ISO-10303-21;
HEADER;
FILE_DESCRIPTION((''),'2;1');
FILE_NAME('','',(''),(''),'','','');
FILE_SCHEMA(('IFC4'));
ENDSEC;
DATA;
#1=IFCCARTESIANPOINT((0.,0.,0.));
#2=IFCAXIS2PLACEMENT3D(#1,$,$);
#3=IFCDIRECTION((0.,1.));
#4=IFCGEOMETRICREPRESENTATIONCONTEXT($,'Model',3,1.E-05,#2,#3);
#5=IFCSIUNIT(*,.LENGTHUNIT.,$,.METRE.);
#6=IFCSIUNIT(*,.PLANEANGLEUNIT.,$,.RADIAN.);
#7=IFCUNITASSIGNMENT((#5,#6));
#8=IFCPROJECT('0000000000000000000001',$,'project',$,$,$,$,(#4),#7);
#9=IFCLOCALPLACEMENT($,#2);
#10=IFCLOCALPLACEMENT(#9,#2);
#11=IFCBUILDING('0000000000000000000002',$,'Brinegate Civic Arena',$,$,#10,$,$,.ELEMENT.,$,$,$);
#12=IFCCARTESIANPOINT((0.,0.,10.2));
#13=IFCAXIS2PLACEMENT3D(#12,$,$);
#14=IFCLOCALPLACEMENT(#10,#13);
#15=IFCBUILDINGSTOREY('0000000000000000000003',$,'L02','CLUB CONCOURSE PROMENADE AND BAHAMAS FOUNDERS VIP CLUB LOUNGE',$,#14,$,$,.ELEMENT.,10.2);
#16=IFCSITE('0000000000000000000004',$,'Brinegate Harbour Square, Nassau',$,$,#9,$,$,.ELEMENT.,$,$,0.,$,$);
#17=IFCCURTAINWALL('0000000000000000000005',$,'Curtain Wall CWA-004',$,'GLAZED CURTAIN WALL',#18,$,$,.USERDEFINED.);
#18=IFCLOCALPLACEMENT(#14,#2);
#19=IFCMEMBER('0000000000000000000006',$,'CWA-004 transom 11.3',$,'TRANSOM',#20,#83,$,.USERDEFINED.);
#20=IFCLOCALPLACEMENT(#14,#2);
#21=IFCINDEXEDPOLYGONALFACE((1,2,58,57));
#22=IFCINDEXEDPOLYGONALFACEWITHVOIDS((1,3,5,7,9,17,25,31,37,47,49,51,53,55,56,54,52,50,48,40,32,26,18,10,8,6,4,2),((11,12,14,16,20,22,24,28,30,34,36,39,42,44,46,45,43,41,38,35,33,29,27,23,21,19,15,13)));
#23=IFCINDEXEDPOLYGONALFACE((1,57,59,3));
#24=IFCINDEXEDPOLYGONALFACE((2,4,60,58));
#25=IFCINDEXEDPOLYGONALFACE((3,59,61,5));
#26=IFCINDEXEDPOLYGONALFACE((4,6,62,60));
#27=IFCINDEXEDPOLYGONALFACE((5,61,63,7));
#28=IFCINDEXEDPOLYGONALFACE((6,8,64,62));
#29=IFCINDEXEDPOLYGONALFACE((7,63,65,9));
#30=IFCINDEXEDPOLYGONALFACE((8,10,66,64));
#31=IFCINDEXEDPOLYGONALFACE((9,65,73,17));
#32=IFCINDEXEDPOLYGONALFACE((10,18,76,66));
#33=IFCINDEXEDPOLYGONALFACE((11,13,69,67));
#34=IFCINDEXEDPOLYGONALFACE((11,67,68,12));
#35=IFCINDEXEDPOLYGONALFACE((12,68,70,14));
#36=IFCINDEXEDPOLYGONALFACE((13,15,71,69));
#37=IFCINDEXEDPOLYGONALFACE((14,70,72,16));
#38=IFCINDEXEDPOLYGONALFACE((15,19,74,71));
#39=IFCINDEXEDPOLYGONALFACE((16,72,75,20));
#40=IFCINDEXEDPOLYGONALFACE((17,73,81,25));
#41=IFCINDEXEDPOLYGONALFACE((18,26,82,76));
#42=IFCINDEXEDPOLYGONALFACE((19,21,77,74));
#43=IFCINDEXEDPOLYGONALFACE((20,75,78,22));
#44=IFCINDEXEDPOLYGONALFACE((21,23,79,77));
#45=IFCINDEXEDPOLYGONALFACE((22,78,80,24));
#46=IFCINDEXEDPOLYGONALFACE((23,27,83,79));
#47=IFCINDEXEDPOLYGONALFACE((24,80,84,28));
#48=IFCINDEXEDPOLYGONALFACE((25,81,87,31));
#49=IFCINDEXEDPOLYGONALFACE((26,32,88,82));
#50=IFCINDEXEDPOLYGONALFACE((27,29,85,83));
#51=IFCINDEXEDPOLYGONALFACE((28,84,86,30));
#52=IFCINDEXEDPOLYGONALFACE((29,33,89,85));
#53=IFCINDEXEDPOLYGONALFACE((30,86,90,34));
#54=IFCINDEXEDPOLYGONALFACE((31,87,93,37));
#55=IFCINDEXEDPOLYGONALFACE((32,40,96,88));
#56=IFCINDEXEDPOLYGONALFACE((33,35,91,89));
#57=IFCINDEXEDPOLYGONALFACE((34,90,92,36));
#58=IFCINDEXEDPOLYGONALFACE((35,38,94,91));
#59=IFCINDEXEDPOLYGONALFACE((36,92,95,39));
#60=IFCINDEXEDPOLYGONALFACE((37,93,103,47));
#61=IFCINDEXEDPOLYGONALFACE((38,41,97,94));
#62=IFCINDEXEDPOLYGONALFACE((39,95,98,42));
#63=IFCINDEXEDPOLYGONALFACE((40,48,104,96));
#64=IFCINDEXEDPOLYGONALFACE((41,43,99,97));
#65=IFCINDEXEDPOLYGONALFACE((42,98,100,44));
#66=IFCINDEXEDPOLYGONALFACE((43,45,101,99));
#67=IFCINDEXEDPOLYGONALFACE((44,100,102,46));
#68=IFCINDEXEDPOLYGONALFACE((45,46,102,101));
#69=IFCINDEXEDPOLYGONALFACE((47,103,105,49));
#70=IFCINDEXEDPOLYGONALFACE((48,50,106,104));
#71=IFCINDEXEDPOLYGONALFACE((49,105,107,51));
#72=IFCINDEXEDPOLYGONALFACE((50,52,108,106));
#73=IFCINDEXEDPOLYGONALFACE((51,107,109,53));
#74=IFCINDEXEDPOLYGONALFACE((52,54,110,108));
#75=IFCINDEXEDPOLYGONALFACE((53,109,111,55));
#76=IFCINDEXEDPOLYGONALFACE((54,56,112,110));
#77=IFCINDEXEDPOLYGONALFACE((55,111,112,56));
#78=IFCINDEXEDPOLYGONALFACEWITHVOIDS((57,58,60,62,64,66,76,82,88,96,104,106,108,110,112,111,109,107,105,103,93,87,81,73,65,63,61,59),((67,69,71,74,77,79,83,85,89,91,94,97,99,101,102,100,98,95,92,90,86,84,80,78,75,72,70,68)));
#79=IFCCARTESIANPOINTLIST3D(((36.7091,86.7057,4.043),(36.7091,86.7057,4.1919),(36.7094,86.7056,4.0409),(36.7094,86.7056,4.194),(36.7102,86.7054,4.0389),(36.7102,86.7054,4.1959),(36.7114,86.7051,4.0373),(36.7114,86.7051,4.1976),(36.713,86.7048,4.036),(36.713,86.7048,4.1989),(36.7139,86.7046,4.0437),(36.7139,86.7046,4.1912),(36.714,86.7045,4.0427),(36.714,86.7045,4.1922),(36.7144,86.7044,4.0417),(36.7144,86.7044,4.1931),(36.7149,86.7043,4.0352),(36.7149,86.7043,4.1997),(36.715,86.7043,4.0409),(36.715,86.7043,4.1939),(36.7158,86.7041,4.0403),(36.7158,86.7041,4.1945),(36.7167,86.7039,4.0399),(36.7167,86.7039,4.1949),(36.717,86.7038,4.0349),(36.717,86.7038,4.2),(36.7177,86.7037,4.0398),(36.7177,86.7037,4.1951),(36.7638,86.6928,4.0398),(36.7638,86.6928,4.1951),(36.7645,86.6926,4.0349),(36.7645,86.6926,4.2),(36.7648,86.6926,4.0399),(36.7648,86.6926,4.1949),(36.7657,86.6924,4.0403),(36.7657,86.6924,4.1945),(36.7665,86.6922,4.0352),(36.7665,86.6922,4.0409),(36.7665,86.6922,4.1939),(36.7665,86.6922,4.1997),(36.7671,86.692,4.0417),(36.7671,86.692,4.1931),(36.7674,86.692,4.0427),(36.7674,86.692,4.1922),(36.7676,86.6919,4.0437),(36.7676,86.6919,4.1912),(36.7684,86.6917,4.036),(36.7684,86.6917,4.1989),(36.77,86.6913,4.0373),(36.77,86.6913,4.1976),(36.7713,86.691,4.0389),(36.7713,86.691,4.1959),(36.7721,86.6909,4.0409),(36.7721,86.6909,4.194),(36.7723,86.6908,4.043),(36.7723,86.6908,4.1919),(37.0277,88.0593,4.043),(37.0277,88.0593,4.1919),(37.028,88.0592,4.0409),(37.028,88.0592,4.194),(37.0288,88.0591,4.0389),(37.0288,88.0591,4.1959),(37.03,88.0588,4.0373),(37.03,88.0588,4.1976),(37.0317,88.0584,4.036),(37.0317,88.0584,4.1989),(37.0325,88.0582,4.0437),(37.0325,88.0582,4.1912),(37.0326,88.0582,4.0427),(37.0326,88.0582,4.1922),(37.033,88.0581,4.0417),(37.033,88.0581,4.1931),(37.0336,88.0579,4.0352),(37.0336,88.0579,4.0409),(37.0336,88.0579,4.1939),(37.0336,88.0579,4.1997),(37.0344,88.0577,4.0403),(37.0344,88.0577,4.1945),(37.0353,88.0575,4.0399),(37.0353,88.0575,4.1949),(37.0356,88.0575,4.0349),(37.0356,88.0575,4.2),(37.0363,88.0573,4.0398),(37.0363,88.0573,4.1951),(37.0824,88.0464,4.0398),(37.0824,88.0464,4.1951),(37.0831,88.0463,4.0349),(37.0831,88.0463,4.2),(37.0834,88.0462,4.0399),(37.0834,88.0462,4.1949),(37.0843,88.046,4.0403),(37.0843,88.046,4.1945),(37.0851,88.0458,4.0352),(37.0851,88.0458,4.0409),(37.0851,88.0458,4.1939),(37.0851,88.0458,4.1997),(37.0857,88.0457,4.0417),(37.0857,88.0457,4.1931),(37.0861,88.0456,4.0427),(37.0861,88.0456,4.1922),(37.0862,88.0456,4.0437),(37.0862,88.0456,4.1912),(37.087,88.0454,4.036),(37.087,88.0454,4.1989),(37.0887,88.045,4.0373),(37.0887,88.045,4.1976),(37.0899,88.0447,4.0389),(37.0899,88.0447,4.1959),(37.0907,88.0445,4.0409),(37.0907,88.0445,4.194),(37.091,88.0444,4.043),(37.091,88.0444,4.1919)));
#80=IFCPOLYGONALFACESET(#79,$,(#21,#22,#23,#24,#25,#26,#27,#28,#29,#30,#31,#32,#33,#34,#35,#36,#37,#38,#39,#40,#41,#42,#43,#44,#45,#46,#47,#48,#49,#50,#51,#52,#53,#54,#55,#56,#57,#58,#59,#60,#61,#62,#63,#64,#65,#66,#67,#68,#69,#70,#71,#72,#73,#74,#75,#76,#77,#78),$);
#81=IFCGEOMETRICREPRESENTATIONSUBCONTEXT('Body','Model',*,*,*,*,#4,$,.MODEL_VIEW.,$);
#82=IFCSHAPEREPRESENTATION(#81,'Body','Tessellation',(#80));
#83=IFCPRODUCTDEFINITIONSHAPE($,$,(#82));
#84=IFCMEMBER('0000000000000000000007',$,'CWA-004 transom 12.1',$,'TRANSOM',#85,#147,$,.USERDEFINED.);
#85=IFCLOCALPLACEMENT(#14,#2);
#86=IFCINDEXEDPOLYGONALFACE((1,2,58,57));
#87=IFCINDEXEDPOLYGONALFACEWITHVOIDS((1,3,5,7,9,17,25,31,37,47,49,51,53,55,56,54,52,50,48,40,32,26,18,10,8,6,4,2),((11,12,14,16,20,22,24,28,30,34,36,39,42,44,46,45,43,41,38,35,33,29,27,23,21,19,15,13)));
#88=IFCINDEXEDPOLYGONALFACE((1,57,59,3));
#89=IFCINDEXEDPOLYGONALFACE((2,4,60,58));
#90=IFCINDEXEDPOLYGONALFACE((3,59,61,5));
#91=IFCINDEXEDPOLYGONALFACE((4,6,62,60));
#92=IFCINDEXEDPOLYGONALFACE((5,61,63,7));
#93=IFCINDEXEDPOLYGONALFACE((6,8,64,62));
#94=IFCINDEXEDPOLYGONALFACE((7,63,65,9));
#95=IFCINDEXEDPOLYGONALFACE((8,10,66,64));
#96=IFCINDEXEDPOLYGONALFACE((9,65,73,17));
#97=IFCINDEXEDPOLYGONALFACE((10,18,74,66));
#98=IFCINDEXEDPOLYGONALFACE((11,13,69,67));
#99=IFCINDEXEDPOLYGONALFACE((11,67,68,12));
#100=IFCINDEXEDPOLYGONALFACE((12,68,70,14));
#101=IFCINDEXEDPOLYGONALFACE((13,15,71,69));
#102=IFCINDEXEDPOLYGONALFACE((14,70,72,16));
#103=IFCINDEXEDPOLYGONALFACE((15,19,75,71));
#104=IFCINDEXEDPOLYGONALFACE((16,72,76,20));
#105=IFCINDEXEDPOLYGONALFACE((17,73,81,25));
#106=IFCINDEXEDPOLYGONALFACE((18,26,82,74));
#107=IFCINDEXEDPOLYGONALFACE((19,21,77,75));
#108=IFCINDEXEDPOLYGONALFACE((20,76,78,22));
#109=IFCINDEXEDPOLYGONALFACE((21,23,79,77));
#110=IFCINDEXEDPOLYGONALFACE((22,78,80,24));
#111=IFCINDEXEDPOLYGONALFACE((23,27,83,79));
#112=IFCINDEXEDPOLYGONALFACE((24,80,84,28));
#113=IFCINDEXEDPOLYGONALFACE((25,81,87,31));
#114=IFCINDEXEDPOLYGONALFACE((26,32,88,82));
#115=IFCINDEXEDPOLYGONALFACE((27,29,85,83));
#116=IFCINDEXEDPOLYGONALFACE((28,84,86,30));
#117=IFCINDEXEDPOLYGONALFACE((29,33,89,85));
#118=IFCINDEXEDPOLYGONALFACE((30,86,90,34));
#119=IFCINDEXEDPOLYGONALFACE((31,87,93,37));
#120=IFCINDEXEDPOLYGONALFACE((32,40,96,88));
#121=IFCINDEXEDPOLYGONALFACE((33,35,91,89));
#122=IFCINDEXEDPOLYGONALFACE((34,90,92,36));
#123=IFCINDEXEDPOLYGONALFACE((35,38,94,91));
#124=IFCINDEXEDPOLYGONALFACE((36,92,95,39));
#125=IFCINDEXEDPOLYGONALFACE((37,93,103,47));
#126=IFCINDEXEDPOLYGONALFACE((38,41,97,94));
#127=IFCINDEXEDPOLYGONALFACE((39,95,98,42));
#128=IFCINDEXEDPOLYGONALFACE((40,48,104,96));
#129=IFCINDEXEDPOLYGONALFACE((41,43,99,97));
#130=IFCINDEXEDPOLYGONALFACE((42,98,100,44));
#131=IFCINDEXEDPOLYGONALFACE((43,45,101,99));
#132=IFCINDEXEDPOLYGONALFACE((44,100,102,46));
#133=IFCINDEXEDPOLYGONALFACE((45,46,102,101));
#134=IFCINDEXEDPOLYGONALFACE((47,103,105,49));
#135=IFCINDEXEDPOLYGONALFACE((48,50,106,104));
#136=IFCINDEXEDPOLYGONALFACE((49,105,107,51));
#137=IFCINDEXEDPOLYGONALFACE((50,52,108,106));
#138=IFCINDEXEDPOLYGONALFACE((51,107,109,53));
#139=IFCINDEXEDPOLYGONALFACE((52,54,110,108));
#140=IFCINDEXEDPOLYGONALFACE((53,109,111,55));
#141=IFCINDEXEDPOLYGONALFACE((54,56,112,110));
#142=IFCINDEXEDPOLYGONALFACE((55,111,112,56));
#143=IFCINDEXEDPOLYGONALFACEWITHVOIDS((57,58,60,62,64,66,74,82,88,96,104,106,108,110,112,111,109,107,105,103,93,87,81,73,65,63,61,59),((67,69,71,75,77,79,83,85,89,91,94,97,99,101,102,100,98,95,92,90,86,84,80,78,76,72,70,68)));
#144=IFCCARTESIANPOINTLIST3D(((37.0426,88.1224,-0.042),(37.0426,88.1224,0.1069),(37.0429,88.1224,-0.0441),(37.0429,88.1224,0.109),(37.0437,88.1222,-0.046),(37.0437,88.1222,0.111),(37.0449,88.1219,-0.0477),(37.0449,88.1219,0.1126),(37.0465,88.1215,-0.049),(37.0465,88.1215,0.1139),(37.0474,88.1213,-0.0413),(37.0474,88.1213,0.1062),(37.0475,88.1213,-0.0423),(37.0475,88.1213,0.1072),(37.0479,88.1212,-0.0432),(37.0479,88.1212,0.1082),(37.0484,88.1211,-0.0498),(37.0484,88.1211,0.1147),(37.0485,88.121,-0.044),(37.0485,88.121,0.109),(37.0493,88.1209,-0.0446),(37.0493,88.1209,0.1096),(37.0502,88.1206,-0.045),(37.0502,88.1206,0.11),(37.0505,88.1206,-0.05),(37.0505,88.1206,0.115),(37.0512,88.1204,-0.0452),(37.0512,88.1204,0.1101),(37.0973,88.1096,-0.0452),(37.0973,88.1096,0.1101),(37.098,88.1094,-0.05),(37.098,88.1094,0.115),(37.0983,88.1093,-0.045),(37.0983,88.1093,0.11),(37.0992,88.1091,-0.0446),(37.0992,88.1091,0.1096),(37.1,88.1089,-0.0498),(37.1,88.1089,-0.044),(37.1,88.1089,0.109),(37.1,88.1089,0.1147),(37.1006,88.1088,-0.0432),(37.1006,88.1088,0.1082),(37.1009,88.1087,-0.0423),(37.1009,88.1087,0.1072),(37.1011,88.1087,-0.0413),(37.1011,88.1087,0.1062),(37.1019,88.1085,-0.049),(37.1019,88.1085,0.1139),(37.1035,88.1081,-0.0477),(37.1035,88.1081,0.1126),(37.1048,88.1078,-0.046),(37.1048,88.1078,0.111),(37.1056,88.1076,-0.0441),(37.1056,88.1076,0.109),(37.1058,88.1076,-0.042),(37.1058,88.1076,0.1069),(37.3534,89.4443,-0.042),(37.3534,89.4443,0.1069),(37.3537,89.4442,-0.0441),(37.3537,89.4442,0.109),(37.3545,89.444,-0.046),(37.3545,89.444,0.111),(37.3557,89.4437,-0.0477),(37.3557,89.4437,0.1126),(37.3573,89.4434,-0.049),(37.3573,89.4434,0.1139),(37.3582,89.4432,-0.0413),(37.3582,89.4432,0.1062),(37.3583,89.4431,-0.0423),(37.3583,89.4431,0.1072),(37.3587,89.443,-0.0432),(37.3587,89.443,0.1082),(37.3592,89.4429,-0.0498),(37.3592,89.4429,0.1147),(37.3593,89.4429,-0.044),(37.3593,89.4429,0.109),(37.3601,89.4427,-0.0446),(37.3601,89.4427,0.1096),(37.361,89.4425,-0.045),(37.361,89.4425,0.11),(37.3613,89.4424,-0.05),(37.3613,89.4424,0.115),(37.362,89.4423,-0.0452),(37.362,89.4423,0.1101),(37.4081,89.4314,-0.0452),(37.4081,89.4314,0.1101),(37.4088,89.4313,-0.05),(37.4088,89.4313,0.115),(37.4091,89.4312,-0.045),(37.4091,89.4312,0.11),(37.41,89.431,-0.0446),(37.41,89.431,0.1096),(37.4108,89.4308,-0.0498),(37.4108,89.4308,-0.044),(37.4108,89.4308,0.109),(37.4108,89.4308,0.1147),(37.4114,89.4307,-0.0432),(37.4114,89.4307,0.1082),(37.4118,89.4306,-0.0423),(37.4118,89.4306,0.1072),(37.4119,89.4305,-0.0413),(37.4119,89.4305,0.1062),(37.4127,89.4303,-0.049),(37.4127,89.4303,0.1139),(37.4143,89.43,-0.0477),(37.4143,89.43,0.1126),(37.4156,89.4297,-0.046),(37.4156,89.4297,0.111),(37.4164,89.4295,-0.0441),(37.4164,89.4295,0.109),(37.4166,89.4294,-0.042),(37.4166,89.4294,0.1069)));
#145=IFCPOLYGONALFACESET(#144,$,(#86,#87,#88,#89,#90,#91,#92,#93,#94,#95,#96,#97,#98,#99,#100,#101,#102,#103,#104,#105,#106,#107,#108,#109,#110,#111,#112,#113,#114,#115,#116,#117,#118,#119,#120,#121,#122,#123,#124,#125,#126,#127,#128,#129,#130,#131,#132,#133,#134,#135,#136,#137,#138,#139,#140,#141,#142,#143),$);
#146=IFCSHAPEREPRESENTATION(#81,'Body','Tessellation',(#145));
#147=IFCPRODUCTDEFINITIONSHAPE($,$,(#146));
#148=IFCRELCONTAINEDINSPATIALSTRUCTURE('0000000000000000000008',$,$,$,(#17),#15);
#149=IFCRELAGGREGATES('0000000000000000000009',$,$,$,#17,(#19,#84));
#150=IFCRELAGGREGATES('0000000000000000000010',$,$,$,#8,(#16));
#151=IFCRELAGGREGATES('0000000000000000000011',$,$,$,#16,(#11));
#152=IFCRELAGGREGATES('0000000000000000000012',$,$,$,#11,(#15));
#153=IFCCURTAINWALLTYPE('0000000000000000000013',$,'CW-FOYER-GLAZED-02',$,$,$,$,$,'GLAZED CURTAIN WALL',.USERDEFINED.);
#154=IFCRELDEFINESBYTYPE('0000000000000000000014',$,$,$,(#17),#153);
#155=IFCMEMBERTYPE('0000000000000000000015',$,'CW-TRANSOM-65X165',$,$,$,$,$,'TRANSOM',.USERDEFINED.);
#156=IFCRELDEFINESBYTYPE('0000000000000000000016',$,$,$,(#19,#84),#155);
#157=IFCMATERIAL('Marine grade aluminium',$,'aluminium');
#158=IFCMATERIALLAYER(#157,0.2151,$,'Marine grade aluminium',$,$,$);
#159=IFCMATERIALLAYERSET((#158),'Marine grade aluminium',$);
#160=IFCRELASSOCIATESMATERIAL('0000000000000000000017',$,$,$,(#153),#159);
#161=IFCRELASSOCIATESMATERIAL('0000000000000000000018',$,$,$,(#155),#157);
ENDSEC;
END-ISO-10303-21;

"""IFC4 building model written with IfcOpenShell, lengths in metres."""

from ifc_helpers import new_model, si_unit, direction, frame, origin, origin_2d, place, context, subcontext, project, spatial, hollow_rectangle, extrude, material, layer, layer_set, material_profile, profile_set, type_object, element, aggregate, save


model = new_model("IFC4")

# Units and contexts
model_context = context("Model", 3, precision=1e-05, world=origin(), true_north=direction((0.0, 1.0)))
body_context = subcontext(model_context, "Body", "Model", "MODEL_VIEW")
ifc_project = project(units=[si_unit("LENGTHUNIT", "METRE"), si_unit("PLANEANGLEUNIT", "RADIAN")], contexts=[model_context])

# Site, building, storey
site_placement = place(None, origin())
site = spatial("IfcSite", under=ifc_project, at=site_placement, Name="Brinegate Harbour Square, Nassau", CompositionType="ELEMENT", RefElevation=0.0)
building_placement = place(site_placement, origin())
building = spatial("IfcBuilding", under=site, at=building_placement, Name="Brinegate Civic Arena", CompositionType="ELEMENT")
storey_placement = place(building_placement, frame((0.0, 0.0, 10.2)))
storey = spatial("IfcBuildingStorey", under=building, at=storey_placement, Name="L02", Description="CLUB CONCOURSE PROMENADE AND BAHAMAS FOUNDERS VIP CLUB LOUNGE", CompositionType="ELEMENT", Elevation=10.2)

# Curtain wall
ifc_material_1 = material(Name="Marine grade aluminium", Category="aluminium")
ifc_layer_1 = layer(ifc_material_1, 0.2151, Name="Marine grade aluminium")
ifc_layer_set_1 = layer_set([ifc_layer_1], Name="Marine grade aluminium")
curtain_wall_type_1 = type_object("IfcCurtainWallType", Name="CW-FOYER-GLAZED-02", ElementType="GLAZED CURTAIN WALL", PredefinedType="USERDEFINED", material=ifc_layer_set_1)
curtain_wall_1_placement = place(storey_placement, origin())
curtain_wall_1 = element("IfcCurtainWall", 1, at=curtain_wall_1_placement, inside=storey, type_object=curtain_wall_type_1, Name="Curtain Wall CWA-004", ObjectType="GLAZED CURTAIN WALL", PredefinedType="USERDEFINED")

# Members
ifc_material_profile_1 = material_profile(ifc_material_1, hollow_rectangle(XDim=0.0649, YDim=0.165, WallThickness=0.0049, InnerFilletRadius=0.0039, OuterFilletRadius=0.0081, at=origin_2d()), Name="TRN65X165")
ifc_profile_set_1 = profile_set([ifc_material_profile_1], Name="Marine grade aluminium")
member_type_1 = type_object("IfcMemberType", Name="CW-TRANSOM-65X165", ElementType="TRANSOM", PredefinedType="USERDEFINED", material=ifc_profile_set_1)
member_1_placement = place(storey_placement, frame((36.7407, 86.6982, 4.1174), z_axis=(0.229127, 0.973396, 0.0), x_axis=(-0.973396, 0.229127, 0.0)))
member_1 = element("IfcMember", 2, at=member_1_placement, type_object=member_type_1, Name="CWA-004 transom 11.3", ObjectType="TRANSOM", PredefinedType="USERDEFINED", context=body_context, shape_type="SweptSolid", body=[
    extrude(hollow_rectangle(XDim=0.0649, YDim=0.165, WallThickness=0.0049, InnerFilletRadius=0.0039, OuterFilletRadius=0.0081, at=origin_2d()), origin(), (0.0, 0.0, 1.0), 1.3906),
])
member_2_placement = place(storey_placement, frame((37.0742, 88.115, 0.0325), z_axis=(0.228889, 0.973453, 0.0), x_axis=(-0.973453, 0.228889, 0.0)))
member_2 = element("IfcMember", 3, at=member_2_placement, type_object=member_type_1, Name="CWA-004 transom 12.1", ObjectType="TRANSOM", PredefinedType="USERDEFINED", context=body_context, shape_type="SweptSolid", body=[
    extrude(hollow_rectangle(XDim=0.0649, YDim=0.165, WallThickness=0.0049, InnerFilletRadius=0.0039, OuterFilletRadius=0.0081, at=origin_2d()), origin(), (0.0, 0.0, 1.0), 1.3579),
])

aggregate(curtain_wall_1, [member_1, member_2])

save(model, "model.ifc")
